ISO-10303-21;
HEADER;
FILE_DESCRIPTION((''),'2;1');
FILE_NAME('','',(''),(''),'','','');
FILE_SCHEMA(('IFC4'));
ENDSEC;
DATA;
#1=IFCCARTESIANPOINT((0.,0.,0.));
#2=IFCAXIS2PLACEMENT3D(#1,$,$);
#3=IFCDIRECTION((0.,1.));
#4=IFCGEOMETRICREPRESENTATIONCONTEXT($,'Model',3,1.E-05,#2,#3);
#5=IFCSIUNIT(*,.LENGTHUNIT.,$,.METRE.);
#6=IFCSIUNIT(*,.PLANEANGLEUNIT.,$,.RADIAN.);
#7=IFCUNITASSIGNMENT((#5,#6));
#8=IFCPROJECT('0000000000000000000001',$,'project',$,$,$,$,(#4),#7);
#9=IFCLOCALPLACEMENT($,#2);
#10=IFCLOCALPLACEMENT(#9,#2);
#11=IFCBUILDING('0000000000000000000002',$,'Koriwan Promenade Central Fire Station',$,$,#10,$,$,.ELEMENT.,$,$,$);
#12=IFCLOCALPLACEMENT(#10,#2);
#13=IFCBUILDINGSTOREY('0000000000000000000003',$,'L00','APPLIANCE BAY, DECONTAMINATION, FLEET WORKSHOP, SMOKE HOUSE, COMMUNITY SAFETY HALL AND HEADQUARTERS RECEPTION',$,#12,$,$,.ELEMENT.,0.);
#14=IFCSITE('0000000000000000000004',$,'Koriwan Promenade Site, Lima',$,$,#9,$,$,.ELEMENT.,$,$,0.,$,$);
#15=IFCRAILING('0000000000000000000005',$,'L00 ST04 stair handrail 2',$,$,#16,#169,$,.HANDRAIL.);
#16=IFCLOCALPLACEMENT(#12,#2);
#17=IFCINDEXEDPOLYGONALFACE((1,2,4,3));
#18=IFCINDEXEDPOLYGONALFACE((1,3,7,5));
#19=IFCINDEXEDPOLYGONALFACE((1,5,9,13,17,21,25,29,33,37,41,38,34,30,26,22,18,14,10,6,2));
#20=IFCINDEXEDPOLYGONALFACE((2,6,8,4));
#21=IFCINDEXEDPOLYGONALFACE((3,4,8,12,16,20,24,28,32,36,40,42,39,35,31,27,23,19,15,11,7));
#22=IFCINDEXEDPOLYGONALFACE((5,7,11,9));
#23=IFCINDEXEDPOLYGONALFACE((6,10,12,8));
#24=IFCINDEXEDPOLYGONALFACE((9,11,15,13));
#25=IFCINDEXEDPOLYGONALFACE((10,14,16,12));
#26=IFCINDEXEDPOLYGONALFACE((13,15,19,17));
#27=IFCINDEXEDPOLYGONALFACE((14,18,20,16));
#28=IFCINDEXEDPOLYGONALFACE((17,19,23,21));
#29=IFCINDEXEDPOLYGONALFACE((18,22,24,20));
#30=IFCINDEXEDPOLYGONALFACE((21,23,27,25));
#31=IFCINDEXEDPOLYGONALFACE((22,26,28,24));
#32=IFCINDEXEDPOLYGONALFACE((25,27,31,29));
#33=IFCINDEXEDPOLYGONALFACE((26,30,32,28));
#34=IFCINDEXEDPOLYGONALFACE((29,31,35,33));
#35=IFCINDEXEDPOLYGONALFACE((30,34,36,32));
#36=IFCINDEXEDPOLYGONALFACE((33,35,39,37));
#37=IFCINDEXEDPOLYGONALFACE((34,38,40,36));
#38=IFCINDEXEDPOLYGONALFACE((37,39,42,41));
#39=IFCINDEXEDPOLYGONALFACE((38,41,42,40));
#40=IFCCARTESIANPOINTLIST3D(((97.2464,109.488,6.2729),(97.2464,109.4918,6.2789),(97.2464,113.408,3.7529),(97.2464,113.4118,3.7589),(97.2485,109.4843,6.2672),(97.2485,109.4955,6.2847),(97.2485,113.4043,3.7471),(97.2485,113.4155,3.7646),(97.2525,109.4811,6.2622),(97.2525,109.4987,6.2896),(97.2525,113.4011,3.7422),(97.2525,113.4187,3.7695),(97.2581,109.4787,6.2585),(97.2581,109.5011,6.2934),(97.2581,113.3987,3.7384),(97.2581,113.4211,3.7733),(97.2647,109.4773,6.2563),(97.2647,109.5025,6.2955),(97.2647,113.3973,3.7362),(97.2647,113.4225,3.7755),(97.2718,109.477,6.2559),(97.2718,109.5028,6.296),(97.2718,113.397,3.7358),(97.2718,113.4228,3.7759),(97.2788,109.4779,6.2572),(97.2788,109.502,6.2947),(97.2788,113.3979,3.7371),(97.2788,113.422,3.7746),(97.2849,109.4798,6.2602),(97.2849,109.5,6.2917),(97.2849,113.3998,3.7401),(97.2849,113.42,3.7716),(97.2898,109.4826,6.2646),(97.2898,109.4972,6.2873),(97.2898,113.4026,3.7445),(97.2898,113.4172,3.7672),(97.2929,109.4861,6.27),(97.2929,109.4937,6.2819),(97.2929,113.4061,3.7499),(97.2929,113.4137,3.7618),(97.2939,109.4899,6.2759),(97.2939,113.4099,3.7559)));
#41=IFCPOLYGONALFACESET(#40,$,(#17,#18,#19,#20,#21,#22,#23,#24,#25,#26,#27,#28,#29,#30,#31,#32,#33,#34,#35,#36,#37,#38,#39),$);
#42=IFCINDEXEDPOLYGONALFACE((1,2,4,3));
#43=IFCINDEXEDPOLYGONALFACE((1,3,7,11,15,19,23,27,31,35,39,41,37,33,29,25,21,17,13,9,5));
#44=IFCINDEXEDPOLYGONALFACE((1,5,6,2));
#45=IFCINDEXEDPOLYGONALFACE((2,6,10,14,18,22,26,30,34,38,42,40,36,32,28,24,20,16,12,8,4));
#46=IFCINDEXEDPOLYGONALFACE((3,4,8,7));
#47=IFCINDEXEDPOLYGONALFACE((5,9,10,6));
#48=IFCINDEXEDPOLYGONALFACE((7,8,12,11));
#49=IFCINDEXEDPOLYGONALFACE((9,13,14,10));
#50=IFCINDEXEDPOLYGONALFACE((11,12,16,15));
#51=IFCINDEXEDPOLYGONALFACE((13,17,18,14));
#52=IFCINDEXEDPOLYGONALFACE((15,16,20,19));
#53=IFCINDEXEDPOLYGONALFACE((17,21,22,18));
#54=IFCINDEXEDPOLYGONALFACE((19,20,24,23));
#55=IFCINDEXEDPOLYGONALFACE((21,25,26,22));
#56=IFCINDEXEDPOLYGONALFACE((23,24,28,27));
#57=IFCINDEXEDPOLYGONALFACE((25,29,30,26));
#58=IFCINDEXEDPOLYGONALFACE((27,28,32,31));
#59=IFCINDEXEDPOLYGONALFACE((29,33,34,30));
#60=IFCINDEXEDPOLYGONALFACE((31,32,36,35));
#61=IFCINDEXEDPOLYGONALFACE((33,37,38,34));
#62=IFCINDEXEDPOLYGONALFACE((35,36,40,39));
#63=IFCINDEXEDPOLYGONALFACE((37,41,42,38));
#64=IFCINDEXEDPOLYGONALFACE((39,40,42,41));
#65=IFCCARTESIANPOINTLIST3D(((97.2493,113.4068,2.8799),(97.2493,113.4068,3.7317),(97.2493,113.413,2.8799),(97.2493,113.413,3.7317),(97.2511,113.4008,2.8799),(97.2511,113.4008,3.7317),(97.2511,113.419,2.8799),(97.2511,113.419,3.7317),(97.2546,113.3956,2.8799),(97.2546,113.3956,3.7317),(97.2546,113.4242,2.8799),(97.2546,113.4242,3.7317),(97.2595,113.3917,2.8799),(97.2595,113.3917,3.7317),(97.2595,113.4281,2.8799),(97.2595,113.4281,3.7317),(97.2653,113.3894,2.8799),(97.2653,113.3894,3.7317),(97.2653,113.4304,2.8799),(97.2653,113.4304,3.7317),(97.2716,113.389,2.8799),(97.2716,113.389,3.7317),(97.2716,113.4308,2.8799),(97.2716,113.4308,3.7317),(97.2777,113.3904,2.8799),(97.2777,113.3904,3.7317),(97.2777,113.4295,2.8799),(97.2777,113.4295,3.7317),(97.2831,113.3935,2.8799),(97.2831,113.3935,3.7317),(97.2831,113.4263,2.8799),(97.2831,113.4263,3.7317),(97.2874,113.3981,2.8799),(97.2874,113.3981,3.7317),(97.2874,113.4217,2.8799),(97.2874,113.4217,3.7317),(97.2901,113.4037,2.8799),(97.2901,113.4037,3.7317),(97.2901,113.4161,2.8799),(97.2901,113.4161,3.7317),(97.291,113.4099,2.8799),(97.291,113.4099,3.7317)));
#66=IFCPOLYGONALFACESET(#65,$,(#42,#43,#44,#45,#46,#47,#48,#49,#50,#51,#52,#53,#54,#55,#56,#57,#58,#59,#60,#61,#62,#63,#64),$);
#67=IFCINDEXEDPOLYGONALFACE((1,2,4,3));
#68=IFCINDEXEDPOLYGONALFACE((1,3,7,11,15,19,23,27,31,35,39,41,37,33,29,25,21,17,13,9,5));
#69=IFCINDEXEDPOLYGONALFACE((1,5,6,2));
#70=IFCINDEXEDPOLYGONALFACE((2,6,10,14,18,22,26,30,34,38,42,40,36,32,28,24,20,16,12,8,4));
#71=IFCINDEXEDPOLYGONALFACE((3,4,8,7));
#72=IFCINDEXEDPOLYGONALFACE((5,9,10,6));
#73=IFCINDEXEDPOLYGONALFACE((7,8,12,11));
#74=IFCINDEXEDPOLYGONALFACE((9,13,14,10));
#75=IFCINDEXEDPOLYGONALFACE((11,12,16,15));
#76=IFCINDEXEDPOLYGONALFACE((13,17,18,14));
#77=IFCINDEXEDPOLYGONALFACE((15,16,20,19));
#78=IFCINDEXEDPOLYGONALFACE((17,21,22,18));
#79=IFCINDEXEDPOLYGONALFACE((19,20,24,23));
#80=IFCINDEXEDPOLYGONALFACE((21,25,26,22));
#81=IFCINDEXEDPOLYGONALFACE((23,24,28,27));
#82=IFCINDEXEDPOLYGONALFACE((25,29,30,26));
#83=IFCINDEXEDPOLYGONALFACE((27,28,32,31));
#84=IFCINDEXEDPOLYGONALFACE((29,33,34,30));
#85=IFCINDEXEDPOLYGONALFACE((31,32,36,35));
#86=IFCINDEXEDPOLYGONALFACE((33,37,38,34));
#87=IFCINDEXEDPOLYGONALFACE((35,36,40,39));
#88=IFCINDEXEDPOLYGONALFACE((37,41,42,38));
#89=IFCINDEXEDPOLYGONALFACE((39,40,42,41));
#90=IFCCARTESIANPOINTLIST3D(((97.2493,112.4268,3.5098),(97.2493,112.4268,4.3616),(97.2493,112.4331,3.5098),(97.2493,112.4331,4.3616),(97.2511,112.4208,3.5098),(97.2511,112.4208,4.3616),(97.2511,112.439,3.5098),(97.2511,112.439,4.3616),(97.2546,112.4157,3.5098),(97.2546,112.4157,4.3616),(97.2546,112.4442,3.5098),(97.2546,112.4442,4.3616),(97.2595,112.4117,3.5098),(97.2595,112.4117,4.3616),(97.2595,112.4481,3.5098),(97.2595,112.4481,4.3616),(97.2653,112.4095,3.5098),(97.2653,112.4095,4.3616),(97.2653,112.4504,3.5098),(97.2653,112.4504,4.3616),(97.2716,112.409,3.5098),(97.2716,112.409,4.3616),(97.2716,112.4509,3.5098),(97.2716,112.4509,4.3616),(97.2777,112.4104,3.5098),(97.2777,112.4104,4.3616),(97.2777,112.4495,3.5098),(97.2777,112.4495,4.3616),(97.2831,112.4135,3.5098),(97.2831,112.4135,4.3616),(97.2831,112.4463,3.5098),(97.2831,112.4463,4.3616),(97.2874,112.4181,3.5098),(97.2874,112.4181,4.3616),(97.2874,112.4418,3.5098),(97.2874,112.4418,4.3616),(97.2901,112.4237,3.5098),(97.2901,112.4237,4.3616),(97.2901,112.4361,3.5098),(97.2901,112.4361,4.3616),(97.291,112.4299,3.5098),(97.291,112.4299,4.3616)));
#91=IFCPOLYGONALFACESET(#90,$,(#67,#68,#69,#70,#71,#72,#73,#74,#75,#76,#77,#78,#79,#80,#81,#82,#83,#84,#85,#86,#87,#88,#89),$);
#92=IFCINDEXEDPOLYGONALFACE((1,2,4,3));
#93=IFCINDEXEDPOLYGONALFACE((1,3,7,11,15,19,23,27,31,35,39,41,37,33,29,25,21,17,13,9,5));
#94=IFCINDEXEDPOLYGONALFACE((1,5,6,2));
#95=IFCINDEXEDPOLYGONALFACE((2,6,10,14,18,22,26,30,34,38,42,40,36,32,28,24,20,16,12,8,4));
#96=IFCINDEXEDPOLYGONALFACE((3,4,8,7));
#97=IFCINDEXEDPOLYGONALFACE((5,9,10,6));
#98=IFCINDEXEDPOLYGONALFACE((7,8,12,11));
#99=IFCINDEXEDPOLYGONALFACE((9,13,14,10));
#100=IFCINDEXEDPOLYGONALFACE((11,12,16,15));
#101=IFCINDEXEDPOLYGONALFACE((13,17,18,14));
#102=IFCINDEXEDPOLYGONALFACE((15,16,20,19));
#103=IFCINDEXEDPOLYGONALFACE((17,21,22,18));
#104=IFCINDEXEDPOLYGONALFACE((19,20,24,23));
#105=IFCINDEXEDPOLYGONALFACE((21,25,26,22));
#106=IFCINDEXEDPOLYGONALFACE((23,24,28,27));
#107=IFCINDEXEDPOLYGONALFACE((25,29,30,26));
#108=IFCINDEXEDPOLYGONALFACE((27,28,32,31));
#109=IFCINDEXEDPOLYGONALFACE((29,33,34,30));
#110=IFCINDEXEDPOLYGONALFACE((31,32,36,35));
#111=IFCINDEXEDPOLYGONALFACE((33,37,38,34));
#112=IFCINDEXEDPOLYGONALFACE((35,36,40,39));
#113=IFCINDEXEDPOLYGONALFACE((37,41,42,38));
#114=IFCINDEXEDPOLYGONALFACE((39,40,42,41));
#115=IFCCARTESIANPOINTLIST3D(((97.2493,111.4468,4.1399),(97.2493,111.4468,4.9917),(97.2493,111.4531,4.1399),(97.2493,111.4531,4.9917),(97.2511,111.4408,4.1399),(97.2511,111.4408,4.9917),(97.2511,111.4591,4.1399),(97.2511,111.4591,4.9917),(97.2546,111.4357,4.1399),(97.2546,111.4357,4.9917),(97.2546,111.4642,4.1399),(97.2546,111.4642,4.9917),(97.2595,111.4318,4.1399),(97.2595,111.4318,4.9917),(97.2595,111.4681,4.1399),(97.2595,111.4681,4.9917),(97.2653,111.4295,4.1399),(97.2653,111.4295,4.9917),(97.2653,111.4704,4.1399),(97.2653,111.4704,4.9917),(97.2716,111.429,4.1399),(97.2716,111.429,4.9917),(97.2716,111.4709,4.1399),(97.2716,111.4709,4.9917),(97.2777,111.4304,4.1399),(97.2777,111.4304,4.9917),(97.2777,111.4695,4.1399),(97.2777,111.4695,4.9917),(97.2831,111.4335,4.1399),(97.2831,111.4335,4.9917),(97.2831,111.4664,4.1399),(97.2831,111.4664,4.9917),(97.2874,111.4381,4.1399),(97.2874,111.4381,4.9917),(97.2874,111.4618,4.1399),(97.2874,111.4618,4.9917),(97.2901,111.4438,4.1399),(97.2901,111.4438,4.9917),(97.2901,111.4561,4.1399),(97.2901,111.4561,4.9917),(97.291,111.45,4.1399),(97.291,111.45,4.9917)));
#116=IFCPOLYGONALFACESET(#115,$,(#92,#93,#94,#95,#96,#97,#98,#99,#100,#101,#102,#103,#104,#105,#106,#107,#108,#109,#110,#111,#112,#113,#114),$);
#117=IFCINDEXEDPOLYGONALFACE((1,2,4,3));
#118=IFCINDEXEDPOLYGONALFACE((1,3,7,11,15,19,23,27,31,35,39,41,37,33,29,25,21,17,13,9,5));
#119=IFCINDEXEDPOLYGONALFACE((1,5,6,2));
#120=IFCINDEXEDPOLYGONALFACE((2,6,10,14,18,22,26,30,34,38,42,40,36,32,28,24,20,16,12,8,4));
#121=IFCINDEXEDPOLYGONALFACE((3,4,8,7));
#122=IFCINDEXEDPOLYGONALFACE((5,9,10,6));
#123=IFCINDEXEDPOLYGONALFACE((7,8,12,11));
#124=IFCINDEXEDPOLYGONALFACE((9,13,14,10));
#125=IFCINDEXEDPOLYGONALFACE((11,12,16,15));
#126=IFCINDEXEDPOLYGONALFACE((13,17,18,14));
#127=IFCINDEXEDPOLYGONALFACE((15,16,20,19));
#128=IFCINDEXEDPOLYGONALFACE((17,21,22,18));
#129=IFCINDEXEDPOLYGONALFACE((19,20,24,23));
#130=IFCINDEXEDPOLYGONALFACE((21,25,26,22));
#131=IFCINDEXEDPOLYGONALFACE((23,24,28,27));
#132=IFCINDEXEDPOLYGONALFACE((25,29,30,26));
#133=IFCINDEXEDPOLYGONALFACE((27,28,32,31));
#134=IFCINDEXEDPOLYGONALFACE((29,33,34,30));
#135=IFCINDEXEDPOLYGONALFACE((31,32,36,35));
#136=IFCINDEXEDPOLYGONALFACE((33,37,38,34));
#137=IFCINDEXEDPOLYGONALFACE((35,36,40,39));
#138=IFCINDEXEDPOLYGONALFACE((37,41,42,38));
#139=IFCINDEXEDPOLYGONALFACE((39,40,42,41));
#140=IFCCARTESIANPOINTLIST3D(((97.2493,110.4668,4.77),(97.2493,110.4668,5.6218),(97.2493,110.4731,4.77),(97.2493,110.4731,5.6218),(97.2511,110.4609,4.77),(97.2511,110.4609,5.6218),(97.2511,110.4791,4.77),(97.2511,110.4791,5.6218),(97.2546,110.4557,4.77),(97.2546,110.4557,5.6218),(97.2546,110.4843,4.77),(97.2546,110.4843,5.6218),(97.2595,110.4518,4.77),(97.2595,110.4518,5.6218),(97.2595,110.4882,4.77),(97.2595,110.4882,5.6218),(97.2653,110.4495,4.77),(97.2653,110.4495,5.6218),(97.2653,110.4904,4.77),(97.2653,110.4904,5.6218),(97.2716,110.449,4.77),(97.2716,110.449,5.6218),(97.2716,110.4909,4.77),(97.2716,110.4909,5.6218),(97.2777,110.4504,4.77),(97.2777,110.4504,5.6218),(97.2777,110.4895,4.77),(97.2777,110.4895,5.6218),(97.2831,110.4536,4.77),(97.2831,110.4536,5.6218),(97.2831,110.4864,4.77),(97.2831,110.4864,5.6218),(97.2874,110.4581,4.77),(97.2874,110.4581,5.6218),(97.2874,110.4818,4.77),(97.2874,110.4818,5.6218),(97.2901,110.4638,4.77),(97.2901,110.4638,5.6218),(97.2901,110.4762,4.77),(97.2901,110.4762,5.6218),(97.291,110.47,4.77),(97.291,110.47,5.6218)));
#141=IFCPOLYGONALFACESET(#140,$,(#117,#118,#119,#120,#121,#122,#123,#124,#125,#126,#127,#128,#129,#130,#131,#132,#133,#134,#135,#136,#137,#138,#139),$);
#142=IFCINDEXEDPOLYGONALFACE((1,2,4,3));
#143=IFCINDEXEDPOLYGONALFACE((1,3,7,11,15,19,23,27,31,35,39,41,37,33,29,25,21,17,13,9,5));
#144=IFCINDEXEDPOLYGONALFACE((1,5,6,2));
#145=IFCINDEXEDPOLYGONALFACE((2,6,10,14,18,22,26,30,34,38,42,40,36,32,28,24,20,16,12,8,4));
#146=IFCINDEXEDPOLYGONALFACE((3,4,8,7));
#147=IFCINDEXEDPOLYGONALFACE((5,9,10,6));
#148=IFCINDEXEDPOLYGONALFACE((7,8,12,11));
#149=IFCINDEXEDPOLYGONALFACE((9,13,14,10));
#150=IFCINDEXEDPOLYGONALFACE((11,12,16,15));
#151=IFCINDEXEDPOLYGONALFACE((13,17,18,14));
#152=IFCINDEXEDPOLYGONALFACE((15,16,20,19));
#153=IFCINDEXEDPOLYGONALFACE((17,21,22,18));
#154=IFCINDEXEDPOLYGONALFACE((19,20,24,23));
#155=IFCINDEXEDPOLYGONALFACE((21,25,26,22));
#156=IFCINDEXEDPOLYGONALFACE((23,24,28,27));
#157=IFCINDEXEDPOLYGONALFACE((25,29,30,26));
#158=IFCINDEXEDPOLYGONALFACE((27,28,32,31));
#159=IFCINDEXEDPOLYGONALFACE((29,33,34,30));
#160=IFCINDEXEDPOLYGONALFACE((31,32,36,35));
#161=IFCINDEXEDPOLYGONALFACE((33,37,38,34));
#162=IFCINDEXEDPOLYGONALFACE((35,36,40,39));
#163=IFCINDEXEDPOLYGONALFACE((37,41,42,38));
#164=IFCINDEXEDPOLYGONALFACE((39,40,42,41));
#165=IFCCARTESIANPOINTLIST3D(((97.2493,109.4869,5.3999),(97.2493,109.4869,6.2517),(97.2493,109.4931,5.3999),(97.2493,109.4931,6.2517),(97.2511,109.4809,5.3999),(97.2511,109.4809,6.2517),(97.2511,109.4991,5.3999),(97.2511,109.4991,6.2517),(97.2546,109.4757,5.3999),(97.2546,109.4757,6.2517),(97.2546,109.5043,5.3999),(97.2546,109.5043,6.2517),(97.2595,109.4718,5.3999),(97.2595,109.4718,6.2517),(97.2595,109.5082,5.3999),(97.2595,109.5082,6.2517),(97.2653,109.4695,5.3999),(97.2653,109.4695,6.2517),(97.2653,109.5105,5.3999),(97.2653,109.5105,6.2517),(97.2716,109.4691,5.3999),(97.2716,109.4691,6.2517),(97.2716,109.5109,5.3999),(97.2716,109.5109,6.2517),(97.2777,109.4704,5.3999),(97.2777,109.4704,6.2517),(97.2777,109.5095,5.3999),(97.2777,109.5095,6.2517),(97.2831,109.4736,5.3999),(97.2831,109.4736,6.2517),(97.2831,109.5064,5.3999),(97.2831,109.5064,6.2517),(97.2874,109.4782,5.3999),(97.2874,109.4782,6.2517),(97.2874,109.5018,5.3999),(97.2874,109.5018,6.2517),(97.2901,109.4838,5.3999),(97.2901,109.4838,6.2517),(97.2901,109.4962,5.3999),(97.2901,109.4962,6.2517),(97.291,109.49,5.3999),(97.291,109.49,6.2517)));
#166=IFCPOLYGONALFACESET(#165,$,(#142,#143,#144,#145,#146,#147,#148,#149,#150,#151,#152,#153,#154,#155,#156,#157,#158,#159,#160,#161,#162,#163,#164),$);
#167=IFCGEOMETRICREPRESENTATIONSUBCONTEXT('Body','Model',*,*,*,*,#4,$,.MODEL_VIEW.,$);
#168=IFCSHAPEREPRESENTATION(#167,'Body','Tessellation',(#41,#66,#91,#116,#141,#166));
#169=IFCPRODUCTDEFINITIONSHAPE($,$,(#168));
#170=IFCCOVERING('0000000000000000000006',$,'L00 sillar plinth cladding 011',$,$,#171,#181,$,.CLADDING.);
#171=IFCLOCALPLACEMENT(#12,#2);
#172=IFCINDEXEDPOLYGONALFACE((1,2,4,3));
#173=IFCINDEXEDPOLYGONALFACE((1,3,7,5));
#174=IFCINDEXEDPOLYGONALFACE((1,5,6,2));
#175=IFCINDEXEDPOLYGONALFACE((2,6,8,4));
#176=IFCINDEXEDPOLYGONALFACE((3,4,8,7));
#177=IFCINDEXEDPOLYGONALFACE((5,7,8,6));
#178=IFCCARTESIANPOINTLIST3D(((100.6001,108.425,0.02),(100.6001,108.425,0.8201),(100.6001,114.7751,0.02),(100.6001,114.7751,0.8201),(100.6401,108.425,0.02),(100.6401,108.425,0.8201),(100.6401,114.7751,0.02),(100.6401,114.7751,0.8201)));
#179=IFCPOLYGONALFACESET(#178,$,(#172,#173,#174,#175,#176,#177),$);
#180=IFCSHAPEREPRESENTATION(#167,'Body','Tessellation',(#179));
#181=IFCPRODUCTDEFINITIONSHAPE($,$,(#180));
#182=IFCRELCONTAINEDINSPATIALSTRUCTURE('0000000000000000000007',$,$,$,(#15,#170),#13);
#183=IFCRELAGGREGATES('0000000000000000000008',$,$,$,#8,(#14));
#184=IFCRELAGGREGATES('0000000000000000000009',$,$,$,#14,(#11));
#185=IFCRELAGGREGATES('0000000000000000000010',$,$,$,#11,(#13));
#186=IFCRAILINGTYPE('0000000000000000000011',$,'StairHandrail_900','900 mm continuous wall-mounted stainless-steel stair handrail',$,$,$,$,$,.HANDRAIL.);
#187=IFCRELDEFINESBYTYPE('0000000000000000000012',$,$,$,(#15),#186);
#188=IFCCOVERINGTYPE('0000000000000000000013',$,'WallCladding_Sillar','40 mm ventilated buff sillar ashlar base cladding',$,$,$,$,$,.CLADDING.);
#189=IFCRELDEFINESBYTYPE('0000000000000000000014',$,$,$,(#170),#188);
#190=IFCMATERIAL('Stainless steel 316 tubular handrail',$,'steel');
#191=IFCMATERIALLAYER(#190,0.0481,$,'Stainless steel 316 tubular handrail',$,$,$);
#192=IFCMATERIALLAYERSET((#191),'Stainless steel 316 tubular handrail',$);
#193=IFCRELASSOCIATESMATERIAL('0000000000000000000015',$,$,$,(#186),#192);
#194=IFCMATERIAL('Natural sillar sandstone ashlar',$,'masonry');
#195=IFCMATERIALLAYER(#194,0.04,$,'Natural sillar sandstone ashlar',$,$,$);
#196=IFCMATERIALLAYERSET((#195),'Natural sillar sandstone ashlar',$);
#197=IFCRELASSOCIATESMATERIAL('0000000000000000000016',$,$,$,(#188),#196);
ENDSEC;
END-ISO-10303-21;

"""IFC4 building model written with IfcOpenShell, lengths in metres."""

from ifc_helpers import new_model, si_unit, direction, frame, origin, origin_2d, place, context, subcontext, project, spatial, rectangle, circle, extrude, material, layer, layer_set, type_object, element, save


model = new_model("IFC4")

# Units and contexts
model_context = context("Model", 3, precision=1e-05, world=origin(), true_north=direction((0.0, 1.0)))
body_context = subcontext(model_context, "Body", "Model", "MODEL_VIEW")
ifc_project = project(units=[si_unit("LENGTHUNIT", "METRE"), si_unit("PLANEANGLEUNIT", "RADIAN")], contexts=[model_context])

# Site, building, storey
site_placement = place(None, origin())
site = spatial("IfcSite", under=ifc_project, at=site_placement, Name="Koriwan Promenade Site, Lima", CompositionType="ELEMENT", RefElevation=0.0)
building_placement = place(site_placement, origin())
building = spatial("IfcBuilding", under=site, at=building_placement, Name="Koriwan Promenade Central Fire Station", CompositionType="ELEMENT")
storey_placement = place(building_placement, origin())
storey = spatial("IfcBuildingStorey", under=building, at=storey_placement, Name="L00", Description="APPLIANCE BAY, DECONTAMINATION, FLEET WORKSHOP, SMOKE HOUSE, COMMUNITY SAFETY HALL AND HEADQUARTERS RECEPTION", CompositionType="ELEMENT", Elevation=0.0)

# Shared definitions
ifc_material_1 = material(Name="Natural sillar sandstone ashlar", Category="masonry")

# Railing
ifc_material_2 = material(Name="Stainless steel 316 tubular handrail", Category="steel")
ifc_layer_1 = layer(ifc_material_2, 0.0481, Name="Stainless steel 316 tubular handrail")
ifc_layer_set_1 = layer_set([ifc_layer_1], Name="Stainless steel 316 tubular handrail")
railing_type_1 = type_object("IfcRailingType", Name="StairHandrail_900", Description="900 mm continuous wall-mounted stainless-steel stair handrail", PredefinedType="HANDRAIL", material=ifc_layer_set_1)
railing_1_placement = place(storey_placement, frame((97.27, 113.4099, 2.8799)))
element("IfcRailing", 1, at=railing_1_placement, inside=storey, type_object=railing_type_1, Name="L00 ST04 stair handrail 2", PredefinedType="HANDRAIL", context=body_context, shape_type="SweptSolid", body=[
    extrude(circle(Radius=0.0239, at=origin_2d()), frame((0.0, 0.0, 0.876), z_axis=(0.0, -0.841172, 0.540768), x_axis=(1.0, 0.0, 0.0)), (0.0, 0.0, 1.0), 4.6602),
    extrude(circle(Radius=0.021, at=origin_2d()), origin(), (0.0, 0.0, 1.0), 0.8518),
    extrude(circle(Radius=0.021, at=origin_2d()), frame((0.0, -0.98, 0.6299)), (0.0, 0.0, 1.0), 0.8518),
    extrude(circle(Radius=0.021, at=origin_2d()), frame((0.0, -1.96, 1.26)), (0.0, 0.0, 1.0), 0.8518),
    extrude(circle(Radius=0.021, at=origin_2d()), frame((0.0, -2.9399, 1.8901)), (0.0, 0.0, 1.0), 0.8518),
    extrude(circle(Radius=0.021, at=origin_2d()), frame((0.0, -3.9199, 2.52)), (0.0, 0.0, 1.0), 0.8518),
])

# Covering
ifc_layer_2 = layer(ifc_material_1, 0.04, Name="Natural sillar sandstone ashlar")
ifc_layer_set_2 = layer_set([ifc_layer_2], Name="Natural sillar sandstone ashlar")
covering_type = type_object("IfcCoveringType", Name="WallCladding_Sillar", Description="40 mm ventilated buff sillar ashlar base cladding", PredefinedType="CLADDING", material=ifc_layer_set_2)
covering_placement = place(storey_placement, frame((100.6201, 111.6001, 0.02), z_axis=(0.0, 0.0, 1.0), x_axis=(0.0, 1.0, 0.0)))
element("IfcCovering", 2, at=covering_placement, inside=storey, type_object=covering_type, Name="L00 sillar plinth cladding 011", PredefinedType="CLADDING", context=body_context, shape_type="SweptSolid", body=[
    extrude(rectangle(XDim=6.3501, YDim=0.04, at=origin_2d()), origin(), (0.0, 0.0, 1.0), 0.8),
])

save(model, "model.ifc")
